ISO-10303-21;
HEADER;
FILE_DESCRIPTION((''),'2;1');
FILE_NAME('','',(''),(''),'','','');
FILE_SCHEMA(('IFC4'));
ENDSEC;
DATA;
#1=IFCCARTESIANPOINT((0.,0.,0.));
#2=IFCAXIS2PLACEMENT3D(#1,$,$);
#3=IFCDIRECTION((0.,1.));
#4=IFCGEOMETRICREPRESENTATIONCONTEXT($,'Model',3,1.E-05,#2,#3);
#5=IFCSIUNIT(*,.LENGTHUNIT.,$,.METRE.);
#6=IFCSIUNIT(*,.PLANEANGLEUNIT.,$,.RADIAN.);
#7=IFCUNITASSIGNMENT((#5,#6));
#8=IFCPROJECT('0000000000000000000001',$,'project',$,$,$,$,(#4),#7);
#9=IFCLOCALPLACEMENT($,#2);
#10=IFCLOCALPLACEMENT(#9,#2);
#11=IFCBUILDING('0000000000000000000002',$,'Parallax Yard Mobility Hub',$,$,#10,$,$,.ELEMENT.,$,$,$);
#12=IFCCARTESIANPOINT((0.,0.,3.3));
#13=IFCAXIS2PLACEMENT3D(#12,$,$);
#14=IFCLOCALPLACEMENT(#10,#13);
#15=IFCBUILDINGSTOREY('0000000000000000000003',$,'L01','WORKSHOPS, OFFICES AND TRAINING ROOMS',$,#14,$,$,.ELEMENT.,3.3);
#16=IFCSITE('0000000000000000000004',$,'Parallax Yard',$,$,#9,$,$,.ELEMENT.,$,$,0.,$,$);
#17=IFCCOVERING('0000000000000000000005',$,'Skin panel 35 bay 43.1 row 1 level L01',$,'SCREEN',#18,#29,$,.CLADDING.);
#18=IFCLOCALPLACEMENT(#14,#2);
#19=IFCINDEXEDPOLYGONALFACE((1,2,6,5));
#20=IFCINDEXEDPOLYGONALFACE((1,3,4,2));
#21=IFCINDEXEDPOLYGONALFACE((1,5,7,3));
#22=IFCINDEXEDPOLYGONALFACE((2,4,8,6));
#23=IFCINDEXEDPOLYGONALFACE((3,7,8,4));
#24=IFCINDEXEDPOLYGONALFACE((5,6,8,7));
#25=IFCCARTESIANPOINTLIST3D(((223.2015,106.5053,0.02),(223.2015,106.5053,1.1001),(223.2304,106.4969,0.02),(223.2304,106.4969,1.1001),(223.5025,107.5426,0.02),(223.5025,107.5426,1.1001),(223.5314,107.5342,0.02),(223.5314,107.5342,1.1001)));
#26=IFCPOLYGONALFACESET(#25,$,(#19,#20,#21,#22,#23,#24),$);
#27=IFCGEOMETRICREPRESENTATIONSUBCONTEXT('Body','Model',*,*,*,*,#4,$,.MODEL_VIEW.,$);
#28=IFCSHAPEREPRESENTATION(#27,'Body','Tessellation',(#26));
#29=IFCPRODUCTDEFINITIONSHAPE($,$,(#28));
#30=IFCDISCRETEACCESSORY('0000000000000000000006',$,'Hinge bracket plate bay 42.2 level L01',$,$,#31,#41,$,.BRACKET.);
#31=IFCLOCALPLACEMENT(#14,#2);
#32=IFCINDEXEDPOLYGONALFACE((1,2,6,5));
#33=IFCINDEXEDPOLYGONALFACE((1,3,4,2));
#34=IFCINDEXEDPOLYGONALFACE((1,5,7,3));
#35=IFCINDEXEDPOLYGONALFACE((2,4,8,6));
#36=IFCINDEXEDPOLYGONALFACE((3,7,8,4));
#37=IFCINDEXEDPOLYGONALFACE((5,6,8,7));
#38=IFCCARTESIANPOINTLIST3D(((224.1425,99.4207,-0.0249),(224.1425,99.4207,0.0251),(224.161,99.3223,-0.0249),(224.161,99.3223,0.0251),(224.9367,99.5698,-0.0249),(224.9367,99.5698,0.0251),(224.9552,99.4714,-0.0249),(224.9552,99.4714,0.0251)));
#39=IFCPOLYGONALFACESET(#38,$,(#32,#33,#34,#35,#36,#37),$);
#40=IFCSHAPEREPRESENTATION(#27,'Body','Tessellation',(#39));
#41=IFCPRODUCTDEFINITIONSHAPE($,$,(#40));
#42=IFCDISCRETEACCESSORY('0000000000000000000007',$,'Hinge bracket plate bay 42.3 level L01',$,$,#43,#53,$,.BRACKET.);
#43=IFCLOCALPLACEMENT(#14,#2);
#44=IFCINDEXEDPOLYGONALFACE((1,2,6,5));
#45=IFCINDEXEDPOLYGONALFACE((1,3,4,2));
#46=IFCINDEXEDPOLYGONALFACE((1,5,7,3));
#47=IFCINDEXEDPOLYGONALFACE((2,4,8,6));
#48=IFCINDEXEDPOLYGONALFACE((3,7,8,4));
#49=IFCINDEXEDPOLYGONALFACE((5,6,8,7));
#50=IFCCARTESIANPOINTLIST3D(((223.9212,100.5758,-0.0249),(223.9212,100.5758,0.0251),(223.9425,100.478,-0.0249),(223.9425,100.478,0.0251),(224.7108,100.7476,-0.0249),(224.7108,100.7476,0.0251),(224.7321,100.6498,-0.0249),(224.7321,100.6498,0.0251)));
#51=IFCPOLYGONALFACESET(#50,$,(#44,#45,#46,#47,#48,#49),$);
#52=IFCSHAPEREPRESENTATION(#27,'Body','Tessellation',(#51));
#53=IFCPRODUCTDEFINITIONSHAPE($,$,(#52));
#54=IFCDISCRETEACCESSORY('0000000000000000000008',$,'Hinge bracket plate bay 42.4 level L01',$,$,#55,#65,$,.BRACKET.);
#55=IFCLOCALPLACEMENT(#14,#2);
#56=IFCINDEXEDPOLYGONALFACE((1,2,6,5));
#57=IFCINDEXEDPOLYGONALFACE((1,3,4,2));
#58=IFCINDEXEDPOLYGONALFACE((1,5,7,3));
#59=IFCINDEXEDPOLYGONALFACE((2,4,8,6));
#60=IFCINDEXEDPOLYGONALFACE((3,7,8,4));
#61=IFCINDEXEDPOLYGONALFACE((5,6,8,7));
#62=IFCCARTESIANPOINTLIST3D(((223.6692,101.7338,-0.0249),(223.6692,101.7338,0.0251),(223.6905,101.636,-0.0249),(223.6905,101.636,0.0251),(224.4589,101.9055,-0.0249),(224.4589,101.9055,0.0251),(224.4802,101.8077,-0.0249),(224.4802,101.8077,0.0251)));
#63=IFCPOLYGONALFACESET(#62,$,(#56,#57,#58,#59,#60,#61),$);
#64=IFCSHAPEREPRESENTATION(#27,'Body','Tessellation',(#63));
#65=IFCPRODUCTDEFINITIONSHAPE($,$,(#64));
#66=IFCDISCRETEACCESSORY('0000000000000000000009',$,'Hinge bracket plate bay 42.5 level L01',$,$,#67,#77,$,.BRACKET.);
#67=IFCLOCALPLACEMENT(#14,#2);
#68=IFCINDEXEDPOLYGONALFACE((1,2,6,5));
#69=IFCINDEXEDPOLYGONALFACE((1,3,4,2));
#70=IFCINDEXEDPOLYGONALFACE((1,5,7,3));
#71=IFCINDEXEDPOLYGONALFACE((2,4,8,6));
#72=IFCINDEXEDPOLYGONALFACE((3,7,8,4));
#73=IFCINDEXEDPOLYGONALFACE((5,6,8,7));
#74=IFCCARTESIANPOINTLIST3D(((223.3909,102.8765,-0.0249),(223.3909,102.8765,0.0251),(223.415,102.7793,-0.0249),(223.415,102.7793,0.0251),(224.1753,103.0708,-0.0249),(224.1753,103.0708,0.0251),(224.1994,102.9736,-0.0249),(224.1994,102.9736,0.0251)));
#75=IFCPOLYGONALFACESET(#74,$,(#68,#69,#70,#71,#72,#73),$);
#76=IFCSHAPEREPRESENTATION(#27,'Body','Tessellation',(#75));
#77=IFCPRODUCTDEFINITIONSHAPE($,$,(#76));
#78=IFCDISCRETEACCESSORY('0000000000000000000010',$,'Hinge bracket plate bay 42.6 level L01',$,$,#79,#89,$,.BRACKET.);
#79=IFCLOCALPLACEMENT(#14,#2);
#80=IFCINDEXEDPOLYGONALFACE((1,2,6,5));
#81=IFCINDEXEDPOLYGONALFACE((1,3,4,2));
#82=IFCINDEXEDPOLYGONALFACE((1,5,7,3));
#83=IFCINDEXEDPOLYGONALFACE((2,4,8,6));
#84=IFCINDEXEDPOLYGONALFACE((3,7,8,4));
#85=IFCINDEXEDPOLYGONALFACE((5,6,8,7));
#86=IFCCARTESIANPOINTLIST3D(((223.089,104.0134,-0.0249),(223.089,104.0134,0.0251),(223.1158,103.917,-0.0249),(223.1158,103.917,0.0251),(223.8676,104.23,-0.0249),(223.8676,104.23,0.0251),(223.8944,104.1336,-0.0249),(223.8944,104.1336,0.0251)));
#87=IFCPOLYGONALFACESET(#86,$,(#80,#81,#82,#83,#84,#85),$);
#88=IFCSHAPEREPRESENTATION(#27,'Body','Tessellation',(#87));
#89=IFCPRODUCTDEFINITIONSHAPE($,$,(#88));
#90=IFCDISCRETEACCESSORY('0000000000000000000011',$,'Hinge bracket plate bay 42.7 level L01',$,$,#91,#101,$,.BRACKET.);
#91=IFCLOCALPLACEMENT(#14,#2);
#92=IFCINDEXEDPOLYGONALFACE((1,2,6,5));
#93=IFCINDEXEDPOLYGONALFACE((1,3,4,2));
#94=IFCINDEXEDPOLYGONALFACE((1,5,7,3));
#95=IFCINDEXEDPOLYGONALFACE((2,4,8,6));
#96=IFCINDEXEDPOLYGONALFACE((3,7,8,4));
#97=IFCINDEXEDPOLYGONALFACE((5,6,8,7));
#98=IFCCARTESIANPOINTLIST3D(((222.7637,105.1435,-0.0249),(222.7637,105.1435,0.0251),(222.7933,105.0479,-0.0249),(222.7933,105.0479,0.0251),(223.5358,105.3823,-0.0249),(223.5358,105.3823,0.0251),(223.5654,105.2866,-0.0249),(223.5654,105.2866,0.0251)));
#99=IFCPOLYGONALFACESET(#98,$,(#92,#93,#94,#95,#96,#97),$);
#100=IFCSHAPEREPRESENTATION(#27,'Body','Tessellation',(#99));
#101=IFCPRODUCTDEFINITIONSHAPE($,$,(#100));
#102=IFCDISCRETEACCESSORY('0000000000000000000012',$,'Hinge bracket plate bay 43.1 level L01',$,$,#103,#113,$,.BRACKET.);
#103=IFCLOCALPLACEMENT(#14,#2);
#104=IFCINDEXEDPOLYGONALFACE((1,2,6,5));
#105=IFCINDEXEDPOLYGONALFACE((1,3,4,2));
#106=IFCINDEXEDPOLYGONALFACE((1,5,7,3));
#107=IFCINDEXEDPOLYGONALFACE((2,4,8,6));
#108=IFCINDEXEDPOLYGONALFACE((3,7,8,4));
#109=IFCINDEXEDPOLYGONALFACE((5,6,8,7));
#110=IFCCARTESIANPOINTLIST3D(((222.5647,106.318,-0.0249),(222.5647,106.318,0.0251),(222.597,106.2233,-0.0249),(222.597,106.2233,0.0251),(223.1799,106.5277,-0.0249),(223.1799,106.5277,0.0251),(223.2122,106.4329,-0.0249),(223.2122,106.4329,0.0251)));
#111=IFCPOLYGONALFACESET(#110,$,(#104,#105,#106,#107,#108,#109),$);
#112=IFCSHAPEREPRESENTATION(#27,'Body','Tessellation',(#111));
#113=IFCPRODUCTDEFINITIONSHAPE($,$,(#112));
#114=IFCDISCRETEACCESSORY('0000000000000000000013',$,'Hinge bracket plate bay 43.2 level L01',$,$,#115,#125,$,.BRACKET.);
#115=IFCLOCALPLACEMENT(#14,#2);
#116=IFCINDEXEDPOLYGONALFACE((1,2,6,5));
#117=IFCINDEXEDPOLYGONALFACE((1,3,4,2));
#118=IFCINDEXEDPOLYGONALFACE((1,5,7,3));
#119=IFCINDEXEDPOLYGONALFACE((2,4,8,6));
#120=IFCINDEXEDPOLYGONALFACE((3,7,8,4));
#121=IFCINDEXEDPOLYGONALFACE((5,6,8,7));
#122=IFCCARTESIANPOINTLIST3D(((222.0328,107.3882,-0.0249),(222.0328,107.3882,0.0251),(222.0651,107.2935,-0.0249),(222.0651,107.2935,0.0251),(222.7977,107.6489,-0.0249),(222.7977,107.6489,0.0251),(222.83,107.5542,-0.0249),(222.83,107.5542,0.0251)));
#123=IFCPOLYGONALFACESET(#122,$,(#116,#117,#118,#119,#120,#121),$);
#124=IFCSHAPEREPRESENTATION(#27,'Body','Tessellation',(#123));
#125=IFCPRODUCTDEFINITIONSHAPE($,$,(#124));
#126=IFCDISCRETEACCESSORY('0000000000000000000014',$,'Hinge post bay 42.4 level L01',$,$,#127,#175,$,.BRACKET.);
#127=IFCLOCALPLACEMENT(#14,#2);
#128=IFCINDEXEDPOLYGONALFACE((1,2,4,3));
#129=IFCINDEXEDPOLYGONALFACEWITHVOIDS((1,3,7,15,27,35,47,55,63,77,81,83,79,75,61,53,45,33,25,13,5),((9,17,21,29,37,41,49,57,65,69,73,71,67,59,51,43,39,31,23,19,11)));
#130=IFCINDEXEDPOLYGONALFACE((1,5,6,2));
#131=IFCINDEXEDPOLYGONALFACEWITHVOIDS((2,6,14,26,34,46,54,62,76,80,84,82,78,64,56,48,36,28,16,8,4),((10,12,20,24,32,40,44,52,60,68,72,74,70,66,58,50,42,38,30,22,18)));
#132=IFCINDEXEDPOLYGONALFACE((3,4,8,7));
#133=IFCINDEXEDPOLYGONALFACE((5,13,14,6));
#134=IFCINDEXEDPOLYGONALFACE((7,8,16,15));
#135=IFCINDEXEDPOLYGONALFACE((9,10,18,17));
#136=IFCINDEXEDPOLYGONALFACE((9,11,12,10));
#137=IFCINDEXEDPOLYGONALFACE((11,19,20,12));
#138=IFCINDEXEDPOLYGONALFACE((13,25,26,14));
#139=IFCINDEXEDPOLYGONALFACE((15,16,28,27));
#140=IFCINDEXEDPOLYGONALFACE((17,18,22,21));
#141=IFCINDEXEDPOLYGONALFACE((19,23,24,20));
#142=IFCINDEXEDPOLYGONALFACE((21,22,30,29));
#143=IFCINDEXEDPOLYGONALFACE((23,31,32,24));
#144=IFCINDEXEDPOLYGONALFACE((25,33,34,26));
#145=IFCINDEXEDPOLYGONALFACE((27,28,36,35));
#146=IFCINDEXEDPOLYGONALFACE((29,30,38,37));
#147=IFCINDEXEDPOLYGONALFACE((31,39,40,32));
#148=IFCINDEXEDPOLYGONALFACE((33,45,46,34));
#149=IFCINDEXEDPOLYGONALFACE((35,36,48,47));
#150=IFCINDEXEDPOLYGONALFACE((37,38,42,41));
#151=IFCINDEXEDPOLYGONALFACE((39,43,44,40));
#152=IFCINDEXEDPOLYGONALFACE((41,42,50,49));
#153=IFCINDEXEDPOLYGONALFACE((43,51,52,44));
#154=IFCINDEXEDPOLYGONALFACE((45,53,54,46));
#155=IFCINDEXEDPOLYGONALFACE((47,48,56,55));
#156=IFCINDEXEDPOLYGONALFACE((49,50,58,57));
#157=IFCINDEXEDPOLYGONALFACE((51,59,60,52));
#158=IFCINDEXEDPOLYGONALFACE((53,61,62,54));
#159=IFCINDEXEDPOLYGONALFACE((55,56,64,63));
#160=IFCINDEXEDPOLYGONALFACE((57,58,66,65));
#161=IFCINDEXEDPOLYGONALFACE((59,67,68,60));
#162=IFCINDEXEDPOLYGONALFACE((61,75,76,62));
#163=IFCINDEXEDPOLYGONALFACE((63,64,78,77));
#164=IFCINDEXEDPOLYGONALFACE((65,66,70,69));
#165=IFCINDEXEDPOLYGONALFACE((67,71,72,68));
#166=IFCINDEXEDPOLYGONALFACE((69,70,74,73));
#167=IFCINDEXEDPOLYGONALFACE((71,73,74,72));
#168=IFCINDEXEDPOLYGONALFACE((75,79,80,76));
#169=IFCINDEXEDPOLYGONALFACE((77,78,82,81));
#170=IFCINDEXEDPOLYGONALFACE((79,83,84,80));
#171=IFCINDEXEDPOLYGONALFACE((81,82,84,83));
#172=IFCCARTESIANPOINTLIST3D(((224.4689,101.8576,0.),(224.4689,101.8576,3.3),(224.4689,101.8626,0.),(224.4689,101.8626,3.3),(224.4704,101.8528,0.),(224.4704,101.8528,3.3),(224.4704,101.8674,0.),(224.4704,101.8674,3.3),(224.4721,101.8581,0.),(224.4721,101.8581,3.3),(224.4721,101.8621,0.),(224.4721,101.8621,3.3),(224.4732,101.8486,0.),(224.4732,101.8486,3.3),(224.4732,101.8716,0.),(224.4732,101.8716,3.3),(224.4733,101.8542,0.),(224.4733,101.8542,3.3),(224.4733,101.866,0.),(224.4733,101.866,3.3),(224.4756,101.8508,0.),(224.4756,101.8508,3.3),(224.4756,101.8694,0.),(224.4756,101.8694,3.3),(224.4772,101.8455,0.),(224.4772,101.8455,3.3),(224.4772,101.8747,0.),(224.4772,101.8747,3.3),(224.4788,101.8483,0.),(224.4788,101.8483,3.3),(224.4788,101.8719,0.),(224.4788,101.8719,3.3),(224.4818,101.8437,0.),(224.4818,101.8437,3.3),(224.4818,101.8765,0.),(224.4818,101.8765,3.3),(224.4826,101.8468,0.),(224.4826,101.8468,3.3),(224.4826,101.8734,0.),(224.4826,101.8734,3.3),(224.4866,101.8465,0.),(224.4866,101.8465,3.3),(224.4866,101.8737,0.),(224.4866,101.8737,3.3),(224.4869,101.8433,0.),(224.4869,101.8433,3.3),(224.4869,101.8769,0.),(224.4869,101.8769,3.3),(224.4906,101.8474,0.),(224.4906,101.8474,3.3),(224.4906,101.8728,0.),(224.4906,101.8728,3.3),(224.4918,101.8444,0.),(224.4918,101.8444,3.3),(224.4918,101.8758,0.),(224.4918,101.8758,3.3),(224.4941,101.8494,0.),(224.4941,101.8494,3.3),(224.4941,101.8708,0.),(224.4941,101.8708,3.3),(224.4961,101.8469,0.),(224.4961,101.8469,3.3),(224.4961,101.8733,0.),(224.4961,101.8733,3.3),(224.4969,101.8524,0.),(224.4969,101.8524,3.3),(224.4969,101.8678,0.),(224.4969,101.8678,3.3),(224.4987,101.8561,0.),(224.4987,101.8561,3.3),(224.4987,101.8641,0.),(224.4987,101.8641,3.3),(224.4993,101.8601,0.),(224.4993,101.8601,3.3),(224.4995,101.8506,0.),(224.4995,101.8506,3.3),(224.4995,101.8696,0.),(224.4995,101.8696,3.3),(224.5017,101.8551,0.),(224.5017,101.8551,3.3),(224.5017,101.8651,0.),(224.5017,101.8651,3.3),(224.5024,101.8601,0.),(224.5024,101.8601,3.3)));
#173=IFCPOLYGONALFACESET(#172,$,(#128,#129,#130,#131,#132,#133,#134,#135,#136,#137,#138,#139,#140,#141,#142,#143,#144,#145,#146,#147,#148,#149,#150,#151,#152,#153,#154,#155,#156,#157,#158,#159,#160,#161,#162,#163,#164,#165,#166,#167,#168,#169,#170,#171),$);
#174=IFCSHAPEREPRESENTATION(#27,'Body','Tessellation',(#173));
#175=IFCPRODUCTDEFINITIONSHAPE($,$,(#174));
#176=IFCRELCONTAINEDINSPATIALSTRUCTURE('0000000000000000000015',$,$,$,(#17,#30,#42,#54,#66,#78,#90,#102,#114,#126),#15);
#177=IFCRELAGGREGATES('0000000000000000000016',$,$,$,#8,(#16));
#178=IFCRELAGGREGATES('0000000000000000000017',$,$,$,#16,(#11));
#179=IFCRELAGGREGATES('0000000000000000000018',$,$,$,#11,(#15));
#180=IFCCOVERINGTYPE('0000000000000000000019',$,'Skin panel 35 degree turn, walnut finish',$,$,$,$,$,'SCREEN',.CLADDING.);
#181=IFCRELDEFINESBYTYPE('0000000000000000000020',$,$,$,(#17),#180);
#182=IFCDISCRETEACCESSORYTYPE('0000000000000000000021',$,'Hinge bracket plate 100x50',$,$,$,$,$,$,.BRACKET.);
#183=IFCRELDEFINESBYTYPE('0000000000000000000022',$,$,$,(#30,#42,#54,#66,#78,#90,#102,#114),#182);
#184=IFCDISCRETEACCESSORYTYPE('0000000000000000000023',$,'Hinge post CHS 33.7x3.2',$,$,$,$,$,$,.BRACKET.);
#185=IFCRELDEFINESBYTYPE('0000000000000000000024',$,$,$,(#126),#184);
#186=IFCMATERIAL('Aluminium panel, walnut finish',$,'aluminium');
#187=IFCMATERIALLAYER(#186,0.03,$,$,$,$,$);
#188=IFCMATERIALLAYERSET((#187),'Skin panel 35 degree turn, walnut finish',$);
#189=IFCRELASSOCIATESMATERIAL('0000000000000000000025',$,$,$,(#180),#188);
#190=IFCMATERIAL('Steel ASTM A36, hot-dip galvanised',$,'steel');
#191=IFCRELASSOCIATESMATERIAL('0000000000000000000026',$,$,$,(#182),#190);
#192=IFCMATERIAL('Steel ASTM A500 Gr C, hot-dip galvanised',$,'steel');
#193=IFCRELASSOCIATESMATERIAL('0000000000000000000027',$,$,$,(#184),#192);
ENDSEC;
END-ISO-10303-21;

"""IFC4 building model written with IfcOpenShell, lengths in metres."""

from ifc_helpers import new_model, si_unit, direction, frame, origin, origin_2d, place, context, subcontext, project, spatial, rectangle, hollow_circle, extrude, material, layer, layer_set, material_profile, profile_set, type_object, element, save


model = new_model("IFC4")

# Units and contexts
model_context = context("Model", 3, precision=1e-05, world=origin(), true_north=direction((0.0, 1.0)))
body_context = subcontext(model_context, "Body", "Model", "MODEL_VIEW")
ifc_project = project(units=[si_unit("LENGTHUNIT", "METRE"), si_unit("PLANEANGLEUNIT", "RADIAN")], contexts=[model_context])

# Site, building, storey
site_placement = place(None, origin())
site = spatial("IfcSite", under=ifc_project, at=site_placement, Name="Parallax Yard", CompositionType="ELEMENT", RefElevation=0.0)
building_placement = place(site_placement, origin())
building = spatial("IfcBuilding", under=site, at=building_placement, Name="Parallax Yard Mobility Hub", CompositionType="ELEMENT")
storey_placement = place(building_placement, frame((0.0, 0.0, 3.3)))
storey = spatial("IfcBuildingStorey", under=building, at=storey_placement, Name="L01", Description="WORKSHOPS, OFFICES AND TRAINING ROOMS", CompositionType="ELEMENT", Elevation=3.3)

# Covering
ifc_material_1 = material(Name="Aluminium panel, walnut finish", Category="aluminium")
ifc_layer_1 = layer(ifc_material_1, 0.03)
ifc_layer_set_1 = layer_set([ifc_layer_1], Name="Skin panel 35 degree turn, walnut finish")
covering_type_1 = type_object("IfcCoveringType", Name="Skin panel 35 degree turn, walnut finish", ElementType="SCREEN", PredefinedType="CLADDING", material=ifc_layer_set_1)
for number, where, z_axis, x_axis, name in (
    (1, (223.3665, 107.0198, 0.02), (0.0, 0.0, 1.0), (0.278686, 0.960382, 0.0), "Skin panel 35 bay 43.1 row 1 level L01"),
):
    element("IfcCovering", number, at=place(storey_placement, frame(where, z_axis=z_axis, x_axis=x_axis)), inside=storey, type_object=covering_type_1, Name=name, ObjectType="SCREEN", PredefinedType="CLADDING", context=body_context, shape_type="SweptSolid", body=[
        extrude(rectangle(XDim=1.0801, YDim=0.03, at=origin_2d()), origin(), (0.0, 0.0, 1.0), 1.0801),
    ])

# Discrete accessories
ifc_material_2 = material(Name="Steel ASTM A36, hot-dip galvanised", Category="steel")
discrete_accessory_type_1 = type_object("IfcDiscreteAccessoryType", Name="Hinge bracket plate 100x50", PredefinedType="BRACKET", material=ifc_material_2)
for number, where, z_axis, x_axis, name in (
    (2, (224.5488, 99.446, -0.0249), (0.0, 0.0, 1.0), (0.982818, 0.184576, 0.0), "Hinge bracket plate bay 42.2 level L01"),
    (3, (224.3267, 100.6128, -0.0249), (0.0, 0.0, 1.0), (0.977147, 0.212565, 0.0), "Hinge bracket plate bay 42.3 level L01"),
    (4, (224.0747, 101.7708, -0.0249), (0.0, 0.0, 1.0), (0.977147, 0.212565, 0.0), "Hinge bracket plate bay 42.4 level L01"),
    (5, (223.7952, 102.925, -0.0249), (0.0, 0.0, 1.0), (0.970678, 0.240382, 0.0), "Hinge bracket plate bay 42.5 level L01"),
    (6, (223.4917, 104.0735, -0.0249), (0.0, 0.0, 1.0), (0.963418, 0.268004, 0.0), "Hinge bracket plate bay 42.6 level L01"),
    (7, (223.1646, 105.2151, -0.0249), (0.0, 0.0, 1.0), (0.955372, 0.295405, 0.0), "Hinge bracket plate bay 42.7 level L01"),
):
    element("IfcDiscreteAccessory", number, at=place(storey_placement, frame(where, z_axis=z_axis, x_axis=x_axis)), inside=storey, type_object=discrete_accessory_type_1, Name=name, PredefinedType="BRACKET", context=body_context, shape_type="SweptSolid", body=[
        extrude(rectangle(XDim=0.8081, YDim=0.1001, at=origin_2d()), origin(), (0.0, 0.0, 1.0), 0.05),
    ])
discrete_accessory_1_placement = place(storey_placement, frame((222.8884, 106.3755, -0.0249), z_axis=(0.0, 0.0, 1.0), x_axis=(0.946547, 0.322566, 0.0)))
element("IfcDiscreteAccessory", 8, at=discrete_accessory_1_placement, inside=storey, type_object=discrete_accessory_type_1, Name="Hinge bracket plate bay 43.1 level L01", PredefinedType="BRACKET", context=body_context, shape_type="SweptSolid", body=[
    extrude(rectangle(XDim=0.6499, YDim=0.1001, at=origin_2d()), origin(), (0.0, 0.0, 1.0), 0.05),
])
discrete_accessory_2_placement = place(storey_placement, frame((222.4314, 107.4712, -0.0249), z_axis=(0.0, 0.0, 1.0), x_axis=(0.946547, 0.322566, 0.0)))
element("IfcDiscreteAccessory", 9, at=discrete_accessory_2_placement, inside=storey, type_object=discrete_accessory_type_1, Name="Hinge bracket plate bay 43.2 level L01", PredefinedType="BRACKET", context=body_context, shape_type="SweptSolid", body=[
    extrude(rectangle(XDim=0.8081, YDim=0.1001, at=origin_2d()), origin(), (0.0, 0.0, 1.0), 0.05),
])
ifc_material_3 = material(Name="Steel ASTM A500 Gr C, hot-dip galvanised", Category="steel")
ifc_material_profile_1 = material_profile(ifc_material_3, hollow_circle(Radius=0.0168, WallThickness=0.0032, at=origin_2d()), Name="CHS 33.7x3.2")
ifc_profile_set_1 = profile_set([ifc_material_profile_1], Name="Steel ASTM A500 Gr C, hot-dip galvanised")
discrete_accessory_type_2 = type_object("IfcDiscreteAccessoryType", Name="Hinge post CHS 33.7x3.2", PredefinedType="BRACKET", material=ifc_profile_set_1)
for number, where, z_axis, x_axis, name in (
    (10, (224.4856, 101.8601, 0.0), (0.0, 0.0, 1.0), (1.0, 0.0, 0.0), "Hinge post bay 42.4 level L01"),
):
    element("IfcDiscreteAccessory", number, at=place(storey_placement, frame(where, z_axis=z_axis, x_axis=x_axis)), inside=storey, type_object=discrete_accessory_type_2, Name=name, PredefinedType="BRACKET", context=body_context, shape_type="SweptSolid", body=[
        extrude(hollow_circle(Radius=0.0168, WallThickness=0.0032, at=origin_2d()), origin(), (0.0, 0.0, 1.0), 3.3),
    ])

save(model, "model.ifc")
